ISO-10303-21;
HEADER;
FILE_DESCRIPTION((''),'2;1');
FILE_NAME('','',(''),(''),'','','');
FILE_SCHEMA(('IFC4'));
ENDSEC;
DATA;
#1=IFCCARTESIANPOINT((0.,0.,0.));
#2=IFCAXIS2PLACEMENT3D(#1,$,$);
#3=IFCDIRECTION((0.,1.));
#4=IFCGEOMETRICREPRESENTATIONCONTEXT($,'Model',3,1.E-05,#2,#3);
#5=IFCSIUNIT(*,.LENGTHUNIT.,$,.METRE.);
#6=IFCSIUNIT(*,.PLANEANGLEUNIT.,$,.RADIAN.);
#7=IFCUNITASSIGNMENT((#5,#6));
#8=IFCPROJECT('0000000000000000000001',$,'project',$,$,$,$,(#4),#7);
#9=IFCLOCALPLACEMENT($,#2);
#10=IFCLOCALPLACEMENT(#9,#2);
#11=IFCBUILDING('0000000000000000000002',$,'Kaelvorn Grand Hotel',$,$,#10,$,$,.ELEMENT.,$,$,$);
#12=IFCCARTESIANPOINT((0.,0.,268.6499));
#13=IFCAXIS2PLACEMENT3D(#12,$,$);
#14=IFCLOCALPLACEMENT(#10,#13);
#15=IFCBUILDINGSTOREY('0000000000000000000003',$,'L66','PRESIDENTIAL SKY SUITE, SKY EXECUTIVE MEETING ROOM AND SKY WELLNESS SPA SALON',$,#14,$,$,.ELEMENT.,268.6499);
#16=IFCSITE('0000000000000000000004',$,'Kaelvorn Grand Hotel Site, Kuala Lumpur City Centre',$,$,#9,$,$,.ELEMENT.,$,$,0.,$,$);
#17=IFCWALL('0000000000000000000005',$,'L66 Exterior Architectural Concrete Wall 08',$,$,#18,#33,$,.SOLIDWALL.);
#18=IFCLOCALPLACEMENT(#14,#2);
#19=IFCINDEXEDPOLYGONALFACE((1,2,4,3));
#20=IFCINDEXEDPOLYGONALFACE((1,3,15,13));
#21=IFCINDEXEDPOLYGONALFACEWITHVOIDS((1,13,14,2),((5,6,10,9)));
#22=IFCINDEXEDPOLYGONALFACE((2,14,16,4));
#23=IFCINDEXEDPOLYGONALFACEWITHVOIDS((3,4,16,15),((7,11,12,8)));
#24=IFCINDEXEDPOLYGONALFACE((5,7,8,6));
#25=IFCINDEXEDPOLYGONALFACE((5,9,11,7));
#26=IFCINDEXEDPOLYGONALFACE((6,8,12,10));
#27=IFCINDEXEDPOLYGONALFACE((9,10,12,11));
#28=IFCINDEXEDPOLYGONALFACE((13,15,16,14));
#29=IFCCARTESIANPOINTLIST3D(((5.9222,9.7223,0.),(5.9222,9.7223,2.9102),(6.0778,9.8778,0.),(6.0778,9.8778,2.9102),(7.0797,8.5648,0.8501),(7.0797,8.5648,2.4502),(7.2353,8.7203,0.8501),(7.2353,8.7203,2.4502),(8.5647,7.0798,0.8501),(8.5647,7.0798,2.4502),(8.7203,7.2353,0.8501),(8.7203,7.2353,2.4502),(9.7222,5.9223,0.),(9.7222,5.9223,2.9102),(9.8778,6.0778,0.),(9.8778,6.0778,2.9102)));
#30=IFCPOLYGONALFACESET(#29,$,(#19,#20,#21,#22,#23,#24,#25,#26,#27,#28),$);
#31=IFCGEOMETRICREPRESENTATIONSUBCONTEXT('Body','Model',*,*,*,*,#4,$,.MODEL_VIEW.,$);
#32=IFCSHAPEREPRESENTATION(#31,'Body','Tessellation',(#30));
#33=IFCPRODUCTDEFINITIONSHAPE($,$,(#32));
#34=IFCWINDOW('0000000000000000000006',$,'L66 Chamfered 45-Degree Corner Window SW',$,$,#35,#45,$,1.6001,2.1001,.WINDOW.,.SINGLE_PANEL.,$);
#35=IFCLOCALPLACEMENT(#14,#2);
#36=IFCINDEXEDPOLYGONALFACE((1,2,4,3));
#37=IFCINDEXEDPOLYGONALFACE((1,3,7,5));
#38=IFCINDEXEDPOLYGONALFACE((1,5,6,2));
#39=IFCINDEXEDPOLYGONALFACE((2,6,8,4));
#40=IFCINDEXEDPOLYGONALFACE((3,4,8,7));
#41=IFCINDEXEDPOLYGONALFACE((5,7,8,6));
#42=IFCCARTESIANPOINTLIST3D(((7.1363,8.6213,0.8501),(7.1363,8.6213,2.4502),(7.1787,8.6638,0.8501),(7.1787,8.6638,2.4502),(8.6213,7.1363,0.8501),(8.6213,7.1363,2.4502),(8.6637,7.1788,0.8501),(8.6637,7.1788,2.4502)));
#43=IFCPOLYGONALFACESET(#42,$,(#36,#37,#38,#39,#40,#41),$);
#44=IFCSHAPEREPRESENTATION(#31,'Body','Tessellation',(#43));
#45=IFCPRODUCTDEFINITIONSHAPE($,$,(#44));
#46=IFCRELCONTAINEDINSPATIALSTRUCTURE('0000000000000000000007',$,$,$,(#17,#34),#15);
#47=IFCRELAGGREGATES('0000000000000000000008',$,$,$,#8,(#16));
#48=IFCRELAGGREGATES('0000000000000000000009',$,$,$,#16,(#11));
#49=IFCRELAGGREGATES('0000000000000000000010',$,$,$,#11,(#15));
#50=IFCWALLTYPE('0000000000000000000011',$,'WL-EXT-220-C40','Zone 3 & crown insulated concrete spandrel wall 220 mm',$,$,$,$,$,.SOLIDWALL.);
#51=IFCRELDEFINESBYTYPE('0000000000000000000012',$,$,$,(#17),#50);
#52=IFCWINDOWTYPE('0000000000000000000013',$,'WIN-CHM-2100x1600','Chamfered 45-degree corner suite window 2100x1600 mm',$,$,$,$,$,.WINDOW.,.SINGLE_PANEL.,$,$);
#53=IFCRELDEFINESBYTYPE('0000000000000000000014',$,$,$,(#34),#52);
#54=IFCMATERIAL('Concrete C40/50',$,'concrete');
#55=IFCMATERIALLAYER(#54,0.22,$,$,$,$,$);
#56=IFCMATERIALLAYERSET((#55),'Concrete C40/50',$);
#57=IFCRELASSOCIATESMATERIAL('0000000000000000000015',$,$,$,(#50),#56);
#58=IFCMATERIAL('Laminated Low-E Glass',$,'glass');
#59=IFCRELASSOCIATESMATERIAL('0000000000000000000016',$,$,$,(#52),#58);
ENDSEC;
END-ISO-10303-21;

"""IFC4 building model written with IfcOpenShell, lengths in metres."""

from ifc_helpers import new_model, si_unit, direction, frame, frame_2d, origin, place, context, subcontext, project, spatial, rectangle, extrude, material, layer, layer_set, type_object, element, fill, save


model = new_model("IFC4")

# Units and contexts
model_context = context("Model", 3, precision=1e-05, world=origin(), true_north=direction((0.0, 1.0)))
body_context = subcontext(model_context, "Body", "Model", "MODEL_VIEW")
ifc_project = project(units=[si_unit("LENGTHUNIT", "METRE"), si_unit("PLANEANGLEUNIT", "RADIAN")], contexts=[model_context])

# Site, building, storey
site_placement = place(None, origin())
site = spatial("IfcSite", under=ifc_project, at=site_placement, Name="Kaelvorn Grand Hotel Site, Kuala Lumpur City Centre", CompositionType="ELEMENT", RefElevation=0.0)
building_placement = place(site_placement, origin())
building = spatial("IfcBuilding", under=site, at=building_placement, Name="Kaelvorn Grand Hotel", CompositionType="ELEMENT")
storey_placement = place(building_placement, frame((0.0, 0.0, 268.6499)))
storey = spatial("IfcBuildingStorey", under=building, at=storey_placement, Name="L66", Description="PRESIDENTIAL SKY SUITE, SKY EXECUTIVE MEETING ROOM AND SKY WELLNESS SPA SALON", CompositionType="ELEMENT", Elevation=268.6499)

# Shared definitions
ifc_material_1 = material(Name="Concrete C40/50", Category="concrete")
ifc_layer = layer(ifc_material_1, 0.22)
ifc_layer_set = layer_set([ifc_layer], Name="Concrete C40/50")
wall_type = type_object("IfcWallType", Name="WL-EXT-220-C40", Description="Zone 3 & crown insulated concrete spandrel wall 220 mm", PredefinedType="SOLIDWALL", material=ifc_layer_set)
ifc_material_2 = material(Name="Laminated Low-E Glass", Category="glass")

# Wall, opening, window
wall_1_placement = place(storey_placement, frame((6.0, 9.8, 0.0), z_axis=(0.0, 0.0, 1.0), x_axis=(0.707107, -0.707107, 0.0)))
wall_1 = element("IfcWall", 1, at=wall_1_placement, inside=storey, type_object=wall_type, Name="L66 Exterior Architectural Concrete Wall 08", PredefinedType="SOLIDWALL", context=body_context, shape_type="SweptSolid", body=[
    extrude(rectangle(XDim=5.374, YDim=0.22, at=frame_2d((2.687, 0.0))), origin(), (0.0, 0.0, 1.0), 2.9102),
])
opening_1_placement = place(wall_1_placement, frame((1.637, 0.0, 0.8501)))
opening_1 = element("IfcOpeningElement", 2, at=opening_1_placement, cuts=wall_1, PredefinedType="OPENING", context=body_context, shape_type="SweptSolid", body=[
    extrude(rectangle(XDim=2.1001, YDim=1.6001, at=frame_2d((1.05, 0.8))), frame((0.0, 0.1201, 0.0), z_axis=(0.0, -1.0, 0.0), x_axis=(1.0, 0.0, 0.0)), (0.0, 0.0, 1.0), 0.24),
])
window_type_1 = type_object("IfcWindowType", Name="WIN-CHM-2100x1600", Description="Chamfered 45-degree corner suite window 2100x1600 mm", PartitioningType="SINGLE_PANEL", PredefinedType="WINDOW", material=ifc_material_2)
window_1_placement = place(opening_1_placement, origin())
window_1 = element("IfcWindow", 3, at=window_1_placement, inside=storey, type_object=window_type_1, Name="L66 Chamfered 45-Degree Corner Window SW", OverallHeight=1.6001, OverallWidth=2.1001, PartitioningType="SINGLE_PANEL", PredefinedType="WINDOW", context=body_context, shape_type="SweptSolid", body=[
    extrude(rectangle(XDim=2.1001, YDim=1.6001, at=frame_2d((1.05, 0.8))), frame((0.0, 0.03, 0.0), z_axis=(0.0, -1.0, 0.0), x_axis=(1.0, 0.0, 0.0)), (0.0, 0.0, 1.0), 0.0601),
])
fill(opening_1, window_1)

save(model, "model.ifc")
